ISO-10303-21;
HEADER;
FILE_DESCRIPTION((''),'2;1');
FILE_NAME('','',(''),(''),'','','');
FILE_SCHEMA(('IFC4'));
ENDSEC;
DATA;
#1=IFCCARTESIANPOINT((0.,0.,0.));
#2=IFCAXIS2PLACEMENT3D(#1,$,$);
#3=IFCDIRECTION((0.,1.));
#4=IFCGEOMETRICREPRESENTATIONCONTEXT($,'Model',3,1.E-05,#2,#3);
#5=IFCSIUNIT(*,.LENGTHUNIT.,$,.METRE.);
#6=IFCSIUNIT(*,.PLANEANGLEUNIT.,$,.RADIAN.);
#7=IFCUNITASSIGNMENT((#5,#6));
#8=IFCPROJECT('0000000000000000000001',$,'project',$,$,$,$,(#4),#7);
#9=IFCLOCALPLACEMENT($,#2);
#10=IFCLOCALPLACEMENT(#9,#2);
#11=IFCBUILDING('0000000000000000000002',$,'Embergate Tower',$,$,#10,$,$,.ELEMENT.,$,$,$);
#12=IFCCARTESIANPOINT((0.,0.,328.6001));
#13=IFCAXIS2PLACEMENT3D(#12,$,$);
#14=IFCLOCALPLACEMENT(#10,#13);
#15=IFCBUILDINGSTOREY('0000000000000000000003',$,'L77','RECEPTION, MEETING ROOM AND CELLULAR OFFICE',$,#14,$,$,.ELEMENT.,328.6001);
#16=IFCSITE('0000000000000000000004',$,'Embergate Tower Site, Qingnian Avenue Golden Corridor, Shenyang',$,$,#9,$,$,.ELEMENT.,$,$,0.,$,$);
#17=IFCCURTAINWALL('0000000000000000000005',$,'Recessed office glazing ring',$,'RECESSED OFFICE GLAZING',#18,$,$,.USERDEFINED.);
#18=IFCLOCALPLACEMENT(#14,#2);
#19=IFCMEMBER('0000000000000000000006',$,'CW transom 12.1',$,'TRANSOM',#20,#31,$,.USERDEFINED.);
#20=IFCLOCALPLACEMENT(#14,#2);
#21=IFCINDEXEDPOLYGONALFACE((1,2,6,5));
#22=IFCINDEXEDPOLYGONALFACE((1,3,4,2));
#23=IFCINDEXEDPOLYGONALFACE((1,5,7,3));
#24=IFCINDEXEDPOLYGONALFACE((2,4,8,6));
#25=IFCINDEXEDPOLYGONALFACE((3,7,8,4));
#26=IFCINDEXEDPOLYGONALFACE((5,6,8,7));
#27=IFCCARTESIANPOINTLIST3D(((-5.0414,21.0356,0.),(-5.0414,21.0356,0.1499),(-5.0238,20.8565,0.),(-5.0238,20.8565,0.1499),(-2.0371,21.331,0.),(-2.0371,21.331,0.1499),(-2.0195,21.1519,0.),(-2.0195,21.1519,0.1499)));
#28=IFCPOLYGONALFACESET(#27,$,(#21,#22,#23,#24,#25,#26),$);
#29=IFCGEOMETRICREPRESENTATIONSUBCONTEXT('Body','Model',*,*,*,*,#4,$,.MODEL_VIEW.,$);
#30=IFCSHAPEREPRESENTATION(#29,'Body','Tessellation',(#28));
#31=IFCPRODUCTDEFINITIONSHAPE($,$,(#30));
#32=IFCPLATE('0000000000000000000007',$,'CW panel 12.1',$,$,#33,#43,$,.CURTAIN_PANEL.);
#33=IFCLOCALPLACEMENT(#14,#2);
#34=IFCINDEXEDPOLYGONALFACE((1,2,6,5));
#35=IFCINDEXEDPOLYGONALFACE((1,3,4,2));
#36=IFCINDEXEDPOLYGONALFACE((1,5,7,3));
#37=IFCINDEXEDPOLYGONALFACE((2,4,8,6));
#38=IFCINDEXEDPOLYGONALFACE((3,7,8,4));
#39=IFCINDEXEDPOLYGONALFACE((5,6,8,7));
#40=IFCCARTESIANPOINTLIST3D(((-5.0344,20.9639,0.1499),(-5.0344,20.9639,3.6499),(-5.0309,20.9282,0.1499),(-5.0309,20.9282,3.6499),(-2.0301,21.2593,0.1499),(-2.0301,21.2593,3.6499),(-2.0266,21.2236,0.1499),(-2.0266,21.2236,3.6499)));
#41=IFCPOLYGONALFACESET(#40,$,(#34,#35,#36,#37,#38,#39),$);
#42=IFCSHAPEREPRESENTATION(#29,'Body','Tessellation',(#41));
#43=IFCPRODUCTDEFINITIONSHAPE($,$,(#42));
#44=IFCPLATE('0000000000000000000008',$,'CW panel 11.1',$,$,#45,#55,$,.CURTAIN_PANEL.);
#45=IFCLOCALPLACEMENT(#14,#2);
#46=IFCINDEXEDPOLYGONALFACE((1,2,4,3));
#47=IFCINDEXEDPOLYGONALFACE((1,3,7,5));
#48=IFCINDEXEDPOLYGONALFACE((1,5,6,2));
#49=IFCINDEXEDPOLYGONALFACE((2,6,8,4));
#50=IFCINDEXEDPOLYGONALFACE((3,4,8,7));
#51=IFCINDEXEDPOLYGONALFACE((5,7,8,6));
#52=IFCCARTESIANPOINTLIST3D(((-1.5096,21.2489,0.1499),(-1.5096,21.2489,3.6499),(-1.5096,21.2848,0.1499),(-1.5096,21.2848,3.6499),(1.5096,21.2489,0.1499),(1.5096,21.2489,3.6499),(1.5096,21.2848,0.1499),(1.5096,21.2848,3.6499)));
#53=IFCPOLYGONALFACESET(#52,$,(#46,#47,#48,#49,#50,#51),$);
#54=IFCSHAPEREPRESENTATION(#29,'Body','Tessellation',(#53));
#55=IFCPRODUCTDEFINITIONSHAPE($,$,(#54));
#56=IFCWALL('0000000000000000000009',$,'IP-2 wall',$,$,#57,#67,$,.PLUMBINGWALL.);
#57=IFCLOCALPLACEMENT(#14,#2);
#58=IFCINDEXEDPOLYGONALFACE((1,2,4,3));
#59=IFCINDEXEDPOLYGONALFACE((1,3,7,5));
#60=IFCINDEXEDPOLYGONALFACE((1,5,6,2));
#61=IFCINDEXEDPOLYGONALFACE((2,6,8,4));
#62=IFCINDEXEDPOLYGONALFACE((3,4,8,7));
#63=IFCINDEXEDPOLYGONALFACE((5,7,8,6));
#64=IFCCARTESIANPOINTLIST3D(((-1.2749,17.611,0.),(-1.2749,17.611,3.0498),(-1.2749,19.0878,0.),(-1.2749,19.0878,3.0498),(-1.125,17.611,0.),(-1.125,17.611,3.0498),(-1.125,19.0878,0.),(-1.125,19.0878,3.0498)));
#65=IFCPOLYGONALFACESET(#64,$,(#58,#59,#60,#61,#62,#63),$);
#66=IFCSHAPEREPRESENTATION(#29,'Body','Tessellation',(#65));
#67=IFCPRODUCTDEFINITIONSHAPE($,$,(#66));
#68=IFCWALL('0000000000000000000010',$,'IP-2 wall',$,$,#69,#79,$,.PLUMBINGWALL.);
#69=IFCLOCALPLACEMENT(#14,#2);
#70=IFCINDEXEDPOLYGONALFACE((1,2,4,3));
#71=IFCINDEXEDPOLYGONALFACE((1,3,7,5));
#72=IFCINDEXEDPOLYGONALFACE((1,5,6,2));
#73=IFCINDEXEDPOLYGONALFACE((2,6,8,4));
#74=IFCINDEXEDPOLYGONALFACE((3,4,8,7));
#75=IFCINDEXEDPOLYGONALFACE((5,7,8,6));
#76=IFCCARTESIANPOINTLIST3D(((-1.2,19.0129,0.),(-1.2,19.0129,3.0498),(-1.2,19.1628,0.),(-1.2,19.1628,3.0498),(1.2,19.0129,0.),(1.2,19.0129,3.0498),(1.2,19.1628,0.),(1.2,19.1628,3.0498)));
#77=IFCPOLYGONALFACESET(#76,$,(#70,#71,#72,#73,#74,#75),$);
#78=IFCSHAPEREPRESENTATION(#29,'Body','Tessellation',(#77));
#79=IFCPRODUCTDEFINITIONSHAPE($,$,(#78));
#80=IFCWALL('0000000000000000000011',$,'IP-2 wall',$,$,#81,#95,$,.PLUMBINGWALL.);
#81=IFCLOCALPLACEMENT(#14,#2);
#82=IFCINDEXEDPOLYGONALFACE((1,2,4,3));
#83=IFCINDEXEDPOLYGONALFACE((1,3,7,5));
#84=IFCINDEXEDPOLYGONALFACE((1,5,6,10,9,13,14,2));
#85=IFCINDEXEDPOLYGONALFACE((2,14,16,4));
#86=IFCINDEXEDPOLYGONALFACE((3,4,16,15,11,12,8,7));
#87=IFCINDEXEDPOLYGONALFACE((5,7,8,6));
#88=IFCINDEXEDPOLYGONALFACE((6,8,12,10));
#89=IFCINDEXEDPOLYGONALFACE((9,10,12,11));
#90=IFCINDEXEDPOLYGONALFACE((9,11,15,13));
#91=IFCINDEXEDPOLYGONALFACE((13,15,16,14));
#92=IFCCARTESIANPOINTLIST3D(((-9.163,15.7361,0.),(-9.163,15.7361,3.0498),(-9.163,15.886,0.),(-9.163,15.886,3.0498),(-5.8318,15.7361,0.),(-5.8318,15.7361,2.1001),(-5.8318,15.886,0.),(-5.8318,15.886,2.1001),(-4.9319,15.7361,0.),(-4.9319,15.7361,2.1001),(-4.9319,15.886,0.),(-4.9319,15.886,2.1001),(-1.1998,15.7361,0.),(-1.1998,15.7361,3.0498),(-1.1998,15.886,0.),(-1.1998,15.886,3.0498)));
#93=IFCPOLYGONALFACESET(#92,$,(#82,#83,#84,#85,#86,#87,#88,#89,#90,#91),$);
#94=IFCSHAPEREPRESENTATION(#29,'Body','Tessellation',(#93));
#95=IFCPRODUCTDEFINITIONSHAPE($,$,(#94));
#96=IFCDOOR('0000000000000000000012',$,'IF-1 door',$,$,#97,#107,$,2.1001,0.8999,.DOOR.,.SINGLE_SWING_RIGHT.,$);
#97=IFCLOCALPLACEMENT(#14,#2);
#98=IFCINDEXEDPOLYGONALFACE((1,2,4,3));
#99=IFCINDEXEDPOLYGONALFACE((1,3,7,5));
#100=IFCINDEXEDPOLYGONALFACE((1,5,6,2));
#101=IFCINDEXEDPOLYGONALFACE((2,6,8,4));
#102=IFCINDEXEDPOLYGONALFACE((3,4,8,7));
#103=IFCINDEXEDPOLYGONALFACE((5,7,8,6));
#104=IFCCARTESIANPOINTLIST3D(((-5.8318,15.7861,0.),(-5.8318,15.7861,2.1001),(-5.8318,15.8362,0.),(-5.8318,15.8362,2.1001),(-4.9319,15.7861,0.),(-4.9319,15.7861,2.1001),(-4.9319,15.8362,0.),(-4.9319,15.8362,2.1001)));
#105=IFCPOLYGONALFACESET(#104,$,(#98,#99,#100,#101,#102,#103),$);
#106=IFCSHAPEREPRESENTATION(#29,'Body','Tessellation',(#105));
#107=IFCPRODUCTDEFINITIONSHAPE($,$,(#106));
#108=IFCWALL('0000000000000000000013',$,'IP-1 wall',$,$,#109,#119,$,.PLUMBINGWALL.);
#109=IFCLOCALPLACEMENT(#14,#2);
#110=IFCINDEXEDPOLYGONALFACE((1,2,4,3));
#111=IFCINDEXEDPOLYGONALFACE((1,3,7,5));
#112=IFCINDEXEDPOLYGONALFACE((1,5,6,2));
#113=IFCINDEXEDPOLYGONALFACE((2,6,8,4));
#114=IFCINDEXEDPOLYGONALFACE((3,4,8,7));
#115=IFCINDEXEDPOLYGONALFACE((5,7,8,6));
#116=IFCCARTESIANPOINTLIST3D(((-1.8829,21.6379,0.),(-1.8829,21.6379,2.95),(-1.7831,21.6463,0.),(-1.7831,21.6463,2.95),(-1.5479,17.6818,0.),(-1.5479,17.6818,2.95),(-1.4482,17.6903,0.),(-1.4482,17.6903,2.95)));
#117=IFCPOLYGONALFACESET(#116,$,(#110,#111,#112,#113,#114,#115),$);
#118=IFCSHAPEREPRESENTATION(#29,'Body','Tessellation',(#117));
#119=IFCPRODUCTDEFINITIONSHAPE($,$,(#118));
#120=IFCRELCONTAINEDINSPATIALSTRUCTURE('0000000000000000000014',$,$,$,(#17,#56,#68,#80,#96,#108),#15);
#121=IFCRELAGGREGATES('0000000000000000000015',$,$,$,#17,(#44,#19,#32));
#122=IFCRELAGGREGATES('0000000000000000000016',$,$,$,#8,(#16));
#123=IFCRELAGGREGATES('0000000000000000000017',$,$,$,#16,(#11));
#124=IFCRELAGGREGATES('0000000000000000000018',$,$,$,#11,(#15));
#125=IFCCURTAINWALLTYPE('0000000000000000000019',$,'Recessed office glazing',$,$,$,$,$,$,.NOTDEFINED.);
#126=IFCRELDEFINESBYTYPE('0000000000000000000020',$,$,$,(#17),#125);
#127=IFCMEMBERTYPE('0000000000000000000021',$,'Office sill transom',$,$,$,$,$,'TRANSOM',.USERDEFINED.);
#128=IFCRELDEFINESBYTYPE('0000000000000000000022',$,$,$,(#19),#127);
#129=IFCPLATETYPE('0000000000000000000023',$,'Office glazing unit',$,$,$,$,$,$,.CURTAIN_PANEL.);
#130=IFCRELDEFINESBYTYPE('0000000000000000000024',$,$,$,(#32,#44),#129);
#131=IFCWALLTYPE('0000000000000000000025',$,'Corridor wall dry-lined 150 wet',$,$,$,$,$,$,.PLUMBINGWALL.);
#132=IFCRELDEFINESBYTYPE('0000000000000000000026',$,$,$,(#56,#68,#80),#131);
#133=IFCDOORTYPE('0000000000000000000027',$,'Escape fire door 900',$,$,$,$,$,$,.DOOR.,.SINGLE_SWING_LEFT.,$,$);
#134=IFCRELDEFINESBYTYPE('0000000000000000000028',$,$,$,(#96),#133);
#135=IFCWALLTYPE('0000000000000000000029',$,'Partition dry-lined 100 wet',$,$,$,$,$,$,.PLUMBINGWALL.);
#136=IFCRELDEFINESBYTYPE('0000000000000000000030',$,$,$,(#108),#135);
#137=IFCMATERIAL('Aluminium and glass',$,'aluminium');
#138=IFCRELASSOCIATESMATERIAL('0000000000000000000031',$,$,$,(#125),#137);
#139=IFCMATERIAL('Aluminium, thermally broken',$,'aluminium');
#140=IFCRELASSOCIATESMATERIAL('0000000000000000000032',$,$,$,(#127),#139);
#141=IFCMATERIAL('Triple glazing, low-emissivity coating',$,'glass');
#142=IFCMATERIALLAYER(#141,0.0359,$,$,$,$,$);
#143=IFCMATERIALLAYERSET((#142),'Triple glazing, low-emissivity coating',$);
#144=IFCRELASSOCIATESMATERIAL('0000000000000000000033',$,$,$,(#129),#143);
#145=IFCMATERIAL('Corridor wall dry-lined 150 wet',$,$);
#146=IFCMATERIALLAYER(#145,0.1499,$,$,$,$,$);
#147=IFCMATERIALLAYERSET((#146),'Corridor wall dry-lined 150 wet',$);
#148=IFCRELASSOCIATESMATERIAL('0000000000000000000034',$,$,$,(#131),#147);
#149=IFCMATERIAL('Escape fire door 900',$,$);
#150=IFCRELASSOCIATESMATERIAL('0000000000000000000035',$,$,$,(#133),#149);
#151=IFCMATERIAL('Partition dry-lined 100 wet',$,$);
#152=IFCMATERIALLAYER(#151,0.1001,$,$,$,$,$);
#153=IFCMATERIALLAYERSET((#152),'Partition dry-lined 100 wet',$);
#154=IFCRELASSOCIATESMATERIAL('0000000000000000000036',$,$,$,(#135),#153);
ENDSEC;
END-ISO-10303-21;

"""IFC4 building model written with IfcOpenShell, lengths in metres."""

from ifc_helpers import new_model, si_unit, direction, frame, frame_2d, origin, origin_2d, place, context, subcontext, project, spatial, rectangle, extrude, source, transform, mapped, material, layer, layer_set, material_profile, profile_set, type_object, element, fill, aggregate, save


model = new_model("IFC4")

# Units and contexts
model_context = context("Model", 3, precision=1e-05, world=origin(), true_north=direction((0.0, 1.0)))
body_context = subcontext(model_context, "Body", "Model", "MODEL_VIEW")
ifc_project = project(units=[si_unit("LENGTHUNIT", "METRE"), si_unit("PLANEANGLEUNIT", "RADIAN")], contexts=[model_context])

# Site, building, storey
site_placement = place(None, origin())
site = spatial("IfcSite", under=ifc_project, at=site_placement, Name="Embergate Tower Site, Qingnian Avenue Golden Corridor, Shenyang", CompositionType="ELEMENT", RefElevation=0.0)
building_placement = place(site_placement, origin())
building = spatial("IfcBuilding", under=site, at=building_placement, Name="Embergate Tower", CompositionType="ELEMENT")
storey_placement = place(building_placement, frame((0.0, 0.0, 328.6001)))
storey = spatial("IfcBuildingStorey", under=building, at=storey_placement, Name="L77", Description="RECEPTION, MEETING ROOM AND CELLULAR OFFICE", CompositionType="ELEMENT", Elevation=328.6001)

# Curtain wall, member, plates
ifc_material_1 = material(Name="Aluminium and glass", Category="aluminium")
curtain_wall_type = type_object("IfcCurtainWallType", Name="Recessed office glazing", PredefinedType="NOTDEFINED", material=ifc_material_1)
curtain_wall_placement = place(storey_placement, origin())
curtain_wall = element("IfcCurtainWall", 1, at=curtain_wall_placement, inside=storey, type_object=curtain_wall_type, Name="Recessed office glazing ring", ObjectType="RECESSED OFFICE GLAZING", PredefinedType="USERDEFINED")
ifc_material_2 = material(Name="Aluminium, thermally broken", Category="aluminium")
ifc_material_profile_1 = material_profile(ifc_material_2, rectangle(XDim=0.1799, YDim=0.1499, at=origin_2d()), Name="AL 150x180")
ifc_profile_set_1 = profile_set([ifc_material_profile_1], Name="Aluminium, thermally broken")
member_type_1 = type_object("IfcMemberType", Name="Office sill transom", ElementType="TRANSOM", PredefinedType="USERDEFINED", material=ifc_profile_set_1)
shared_shape_1 = source(origin(), body_context, "Body", "SweptSolid", [
    extrude(rectangle(XDim=0.1799, YDim=0.1499, at=origin_2d()), origin(), (0.0, 0.0, 1.0), 3.0188),
])
member_1_placement = place(storey_placement, frame((-2.0283, 21.2415, 0.075), z_axis=(-0.995201, -0.097854, 0.0), x_axis=(0.097854, -0.995201, 0.0)))
member_1 = element("IfcMember", 2, at=member_1_placement, type_object=member_type_1, Name="CW transom 12.1", ObjectType="TRANSOM", PredefinedType="USERDEFINED", context=body_context, shape_type="MappedRepresentation", body=[
    mapped(shared_shape_1, transform((0.0, 0.0, 0.0))),
])
ifc_material_3 = material(Name="Triple glazing, low-emissivity coating", Category="glass")
ifc_layer_1 = layer(ifc_material_3, 0.0359)
ifc_layer_set_1 = layer_set([ifc_layer_1], Name="Triple glazing, low-emissivity coating")
plate_type = type_object("IfcPlateType", Name="Office glazing unit", PredefinedType="CURTAIN_PANEL", material=ifc_layer_set_1)
shared_shape_2 = source(origin(), body_context, "Body", "SweptSolid", [
    extrude(rectangle(XDim=3.0188, YDim=0.0359, at=origin_2d()), origin(), (0.0, 0.0, 1.0), 3.5),
])
plate_1_placement = place(storey_placement, frame((-3.5305, 21.0938, 0.1499), z_axis=(0.0, 0.0, 1.0), x_axis=(-0.995203, -0.09783, 0.0)))
plate_1 = element("IfcPlate", 3, at=plate_1_placement, type_object=plate_type, Name="CW panel 12.1", PredefinedType="CURTAIN_PANEL", context=body_context, shape_type="MappedRepresentation", body=[
    mapped(shared_shape_2, transform((0.0, 0.0, 0.0))),
])
shared_shape_3 = source(origin(), body_context, "Body", "SweptSolid", [
    extrude(rectangle(XDim=3.0193, YDim=0.0359, at=origin_2d()), origin(), (0.0, 0.0, 1.0), 3.5),
])
plate_2_placement = place(storey_placement, frame((0.0, 21.2668, 0.1499), z_axis=(0.0, 0.0, 1.0), x_axis=(-1.0, 0.0, 0.0)))
plate_2 = element("IfcPlate", 4, at=plate_2_placement, type_object=plate_type, Name="CW panel 11.1", PredefinedType="CURTAIN_PANEL", context=body_context, shape_type="MappedRepresentation", body=[
    mapped(shared_shape_3, transform((0.0, 0.0, 0.0))),
])
aggregate(curtain_wall, [plate_2, member_1, plate_1])

# Walls
ifc_material_4 = material(Name="Corridor wall dry-lined 150 wet")
ifc_layer_2 = layer(ifc_material_4, 0.1499)
ifc_layer_set_2 = layer_set([ifc_layer_2], Name="Corridor wall dry-lined 150 wet")
wall_type_1 = type_object("IfcWallType", Name="Corridor wall dry-lined 150 wet", PredefinedType="PLUMBINGWALL", material=ifc_layer_set_2)
shared_shape_4 = source(origin(), body_context, "Body", "SweptSolid", [
    extrude(rectangle(XDim=1.4768, YDim=0.1499, at=frame_2d((0.7383, 0.0))), origin(), (0.0, 0.0, 1.0), 3.0498),
])
wall_1_placement = place(storey_placement, frame((-1.2, 17.6111, 0.0), z_axis=(0.0, 0.0, 1.0), x_axis=(0.0, 1.0, 0.0)))
element("IfcWall", 5, at=wall_1_placement, inside=storey, type_object=wall_type_1, Name="IP-2 wall", PredefinedType="PLUMBINGWALL", context=body_context, shape_type="MappedRepresentation", body=[
    mapped(shared_shape_4, transform((0.0, 0.0, 0.0))),
])
shared_shape_5 = source(origin(), body_context, "Body", "SweptSolid", [
    extrude(rectangle(XDim=2.3999, YDim=0.1499, at=frame_2d((1.2, 0.0))), origin(), (0.0, 0.0, 1.0), 3.0498),
])
wall_2_placement = place(storey_placement, frame((-1.2, 19.0879, 0.0), z_axis=(0.0, 0.0, 1.0), x_axis=(1.0, 0.0, 0.0)))
element("IfcWall", 6, at=wall_2_placement, inside=storey, type_object=wall_type_1, Name="IP-2 wall", PredefinedType="PLUMBINGWALL", context=body_context, shape_type="MappedRepresentation", body=[
    mapped(shared_shape_5, transform((0.0, 0.0, 0.0))),
])

# Wall, opening, door
shared_shape_6 = source(origin(), body_context, "Body", "SweptSolid", [
    extrude(rectangle(XDim=7.9631, YDim=0.1499, at=frame_2d((3.9814, 0.0))), origin(), (0.0, 0.0, 1.0), 3.0498),
])
wall_3_placement = place(storey_placement, frame((-1.2, 15.811, 0.0), z_axis=(0.0, 0.0, 1.0), x_axis=(-1.0, 0.0, 0.0)))
wall_3 = element("IfcWall", 7, at=wall_3_placement, inside=storey, type_object=wall_type_1, Name="IP-2 wall", PredefinedType="PLUMBINGWALL", context=body_context, shape_type="MappedRepresentation", body=[
    mapped(shared_shape_6, transform((0.0, 0.0, 0.0))),
])
shared_shape_7 = source(origin(), body_context, "Body", "SweptSolid", [
    extrude(rectangle(XDim=0.8999, YDim=2.1001, at=frame_2d((0.45, 1.05))), frame((0.0, 0.085, 0.0), z_axis=(0.0, -1.0, 0.0), x_axis=(1.0, 0.0, 0.0)), (0.0, 0.0, 1.0), 0.1699),
])
opening_placement = place(wall_3_placement, frame((3.7319, 0.0, 0.0)))
opening = element("IfcOpeningElement", 8, at=opening_placement, cuts=wall_3, PredefinedType="OPENING", context=body_context, shape_type="MappedRepresentation", body=[
    mapped(shared_shape_7, transform((0.0, 0.0, 0.0))),
])
ifc_material_5 = material(Name="Escape fire door 900")
door_type = type_object("IfcDoorType", Name="Escape fire door 900", OperationType="SINGLE_SWING_LEFT", PredefinedType="DOOR", material=ifc_material_5)
shared_shape_8 = source(origin(), body_context, "Body", "SweptSolid", [
    extrude(rectangle(XDim=0.8999, YDim=2.1001, at=frame_2d((0.45, 1.05))), frame((0.0, 0.0249, 0.0), z_axis=(0.0, -1.0, 0.0), x_axis=(1.0, 0.0, 0.0)), (0.0, 0.0, 1.0), 0.05),
])
door_placement = place(opening_placement, origin())
door = element("IfcDoor", 9, at=door_placement, inside=storey, type_object=door_type, Name="IF-1 door", OperationType="SINGLE_SWING_RIGHT", OverallHeight=2.1001, OverallWidth=0.8999, PredefinedType="DOOR", context=body_context, shape_type="MappedRepresentation", body=[
    mapped(shared_shape_8, transform((0.0, 0.0, 0.0))),
])
fill(opening, door)

# Wall
ifc_material_6 = material(Name="Partition dry-lined 100 wet")
ifc_layer_3 = layer(ifc_material_6, 0.1001)
ifc_layer_set_3 = layer_set([ifc_layer_3], Name="Partition dry-lined 100 wet")
wall_type_2 = type_object("IfcWallType", Name="Partition dry-lined 100 wet", PredefinedType="PLUMBINGWALL", material=ifc_layer_set_3)
shared_shape_9 = source(origin(), body_context, "Body", "SweptSolid", [
    extrude(rectangle(XDim=3.9702, YDim=0.1001, at=frame_2d((1.9851, 0.0))), origin(), (0.0, 0.0, 1.0), 2.95),
])
wall_4_placement = place(storey_placement, frame((-1.498, 17.686, 0.0), z_axis=(0.0, 0.0, 1.0), x_axis=(-0.084369, 0.996435, 0.0)))
element("IfcWall", 10, at=wall_4_placement, inside=storey, type_object=wall_type_2, Name="IP-1 wall", PredefinedType="PLUMBINGWALL", context=body_context, shape_type="MappedRepresentation", body=[
    mapped(shared_shape_9, transform((0.0, 0.0, 0.0))),
])

save(model, "model.ifc")
